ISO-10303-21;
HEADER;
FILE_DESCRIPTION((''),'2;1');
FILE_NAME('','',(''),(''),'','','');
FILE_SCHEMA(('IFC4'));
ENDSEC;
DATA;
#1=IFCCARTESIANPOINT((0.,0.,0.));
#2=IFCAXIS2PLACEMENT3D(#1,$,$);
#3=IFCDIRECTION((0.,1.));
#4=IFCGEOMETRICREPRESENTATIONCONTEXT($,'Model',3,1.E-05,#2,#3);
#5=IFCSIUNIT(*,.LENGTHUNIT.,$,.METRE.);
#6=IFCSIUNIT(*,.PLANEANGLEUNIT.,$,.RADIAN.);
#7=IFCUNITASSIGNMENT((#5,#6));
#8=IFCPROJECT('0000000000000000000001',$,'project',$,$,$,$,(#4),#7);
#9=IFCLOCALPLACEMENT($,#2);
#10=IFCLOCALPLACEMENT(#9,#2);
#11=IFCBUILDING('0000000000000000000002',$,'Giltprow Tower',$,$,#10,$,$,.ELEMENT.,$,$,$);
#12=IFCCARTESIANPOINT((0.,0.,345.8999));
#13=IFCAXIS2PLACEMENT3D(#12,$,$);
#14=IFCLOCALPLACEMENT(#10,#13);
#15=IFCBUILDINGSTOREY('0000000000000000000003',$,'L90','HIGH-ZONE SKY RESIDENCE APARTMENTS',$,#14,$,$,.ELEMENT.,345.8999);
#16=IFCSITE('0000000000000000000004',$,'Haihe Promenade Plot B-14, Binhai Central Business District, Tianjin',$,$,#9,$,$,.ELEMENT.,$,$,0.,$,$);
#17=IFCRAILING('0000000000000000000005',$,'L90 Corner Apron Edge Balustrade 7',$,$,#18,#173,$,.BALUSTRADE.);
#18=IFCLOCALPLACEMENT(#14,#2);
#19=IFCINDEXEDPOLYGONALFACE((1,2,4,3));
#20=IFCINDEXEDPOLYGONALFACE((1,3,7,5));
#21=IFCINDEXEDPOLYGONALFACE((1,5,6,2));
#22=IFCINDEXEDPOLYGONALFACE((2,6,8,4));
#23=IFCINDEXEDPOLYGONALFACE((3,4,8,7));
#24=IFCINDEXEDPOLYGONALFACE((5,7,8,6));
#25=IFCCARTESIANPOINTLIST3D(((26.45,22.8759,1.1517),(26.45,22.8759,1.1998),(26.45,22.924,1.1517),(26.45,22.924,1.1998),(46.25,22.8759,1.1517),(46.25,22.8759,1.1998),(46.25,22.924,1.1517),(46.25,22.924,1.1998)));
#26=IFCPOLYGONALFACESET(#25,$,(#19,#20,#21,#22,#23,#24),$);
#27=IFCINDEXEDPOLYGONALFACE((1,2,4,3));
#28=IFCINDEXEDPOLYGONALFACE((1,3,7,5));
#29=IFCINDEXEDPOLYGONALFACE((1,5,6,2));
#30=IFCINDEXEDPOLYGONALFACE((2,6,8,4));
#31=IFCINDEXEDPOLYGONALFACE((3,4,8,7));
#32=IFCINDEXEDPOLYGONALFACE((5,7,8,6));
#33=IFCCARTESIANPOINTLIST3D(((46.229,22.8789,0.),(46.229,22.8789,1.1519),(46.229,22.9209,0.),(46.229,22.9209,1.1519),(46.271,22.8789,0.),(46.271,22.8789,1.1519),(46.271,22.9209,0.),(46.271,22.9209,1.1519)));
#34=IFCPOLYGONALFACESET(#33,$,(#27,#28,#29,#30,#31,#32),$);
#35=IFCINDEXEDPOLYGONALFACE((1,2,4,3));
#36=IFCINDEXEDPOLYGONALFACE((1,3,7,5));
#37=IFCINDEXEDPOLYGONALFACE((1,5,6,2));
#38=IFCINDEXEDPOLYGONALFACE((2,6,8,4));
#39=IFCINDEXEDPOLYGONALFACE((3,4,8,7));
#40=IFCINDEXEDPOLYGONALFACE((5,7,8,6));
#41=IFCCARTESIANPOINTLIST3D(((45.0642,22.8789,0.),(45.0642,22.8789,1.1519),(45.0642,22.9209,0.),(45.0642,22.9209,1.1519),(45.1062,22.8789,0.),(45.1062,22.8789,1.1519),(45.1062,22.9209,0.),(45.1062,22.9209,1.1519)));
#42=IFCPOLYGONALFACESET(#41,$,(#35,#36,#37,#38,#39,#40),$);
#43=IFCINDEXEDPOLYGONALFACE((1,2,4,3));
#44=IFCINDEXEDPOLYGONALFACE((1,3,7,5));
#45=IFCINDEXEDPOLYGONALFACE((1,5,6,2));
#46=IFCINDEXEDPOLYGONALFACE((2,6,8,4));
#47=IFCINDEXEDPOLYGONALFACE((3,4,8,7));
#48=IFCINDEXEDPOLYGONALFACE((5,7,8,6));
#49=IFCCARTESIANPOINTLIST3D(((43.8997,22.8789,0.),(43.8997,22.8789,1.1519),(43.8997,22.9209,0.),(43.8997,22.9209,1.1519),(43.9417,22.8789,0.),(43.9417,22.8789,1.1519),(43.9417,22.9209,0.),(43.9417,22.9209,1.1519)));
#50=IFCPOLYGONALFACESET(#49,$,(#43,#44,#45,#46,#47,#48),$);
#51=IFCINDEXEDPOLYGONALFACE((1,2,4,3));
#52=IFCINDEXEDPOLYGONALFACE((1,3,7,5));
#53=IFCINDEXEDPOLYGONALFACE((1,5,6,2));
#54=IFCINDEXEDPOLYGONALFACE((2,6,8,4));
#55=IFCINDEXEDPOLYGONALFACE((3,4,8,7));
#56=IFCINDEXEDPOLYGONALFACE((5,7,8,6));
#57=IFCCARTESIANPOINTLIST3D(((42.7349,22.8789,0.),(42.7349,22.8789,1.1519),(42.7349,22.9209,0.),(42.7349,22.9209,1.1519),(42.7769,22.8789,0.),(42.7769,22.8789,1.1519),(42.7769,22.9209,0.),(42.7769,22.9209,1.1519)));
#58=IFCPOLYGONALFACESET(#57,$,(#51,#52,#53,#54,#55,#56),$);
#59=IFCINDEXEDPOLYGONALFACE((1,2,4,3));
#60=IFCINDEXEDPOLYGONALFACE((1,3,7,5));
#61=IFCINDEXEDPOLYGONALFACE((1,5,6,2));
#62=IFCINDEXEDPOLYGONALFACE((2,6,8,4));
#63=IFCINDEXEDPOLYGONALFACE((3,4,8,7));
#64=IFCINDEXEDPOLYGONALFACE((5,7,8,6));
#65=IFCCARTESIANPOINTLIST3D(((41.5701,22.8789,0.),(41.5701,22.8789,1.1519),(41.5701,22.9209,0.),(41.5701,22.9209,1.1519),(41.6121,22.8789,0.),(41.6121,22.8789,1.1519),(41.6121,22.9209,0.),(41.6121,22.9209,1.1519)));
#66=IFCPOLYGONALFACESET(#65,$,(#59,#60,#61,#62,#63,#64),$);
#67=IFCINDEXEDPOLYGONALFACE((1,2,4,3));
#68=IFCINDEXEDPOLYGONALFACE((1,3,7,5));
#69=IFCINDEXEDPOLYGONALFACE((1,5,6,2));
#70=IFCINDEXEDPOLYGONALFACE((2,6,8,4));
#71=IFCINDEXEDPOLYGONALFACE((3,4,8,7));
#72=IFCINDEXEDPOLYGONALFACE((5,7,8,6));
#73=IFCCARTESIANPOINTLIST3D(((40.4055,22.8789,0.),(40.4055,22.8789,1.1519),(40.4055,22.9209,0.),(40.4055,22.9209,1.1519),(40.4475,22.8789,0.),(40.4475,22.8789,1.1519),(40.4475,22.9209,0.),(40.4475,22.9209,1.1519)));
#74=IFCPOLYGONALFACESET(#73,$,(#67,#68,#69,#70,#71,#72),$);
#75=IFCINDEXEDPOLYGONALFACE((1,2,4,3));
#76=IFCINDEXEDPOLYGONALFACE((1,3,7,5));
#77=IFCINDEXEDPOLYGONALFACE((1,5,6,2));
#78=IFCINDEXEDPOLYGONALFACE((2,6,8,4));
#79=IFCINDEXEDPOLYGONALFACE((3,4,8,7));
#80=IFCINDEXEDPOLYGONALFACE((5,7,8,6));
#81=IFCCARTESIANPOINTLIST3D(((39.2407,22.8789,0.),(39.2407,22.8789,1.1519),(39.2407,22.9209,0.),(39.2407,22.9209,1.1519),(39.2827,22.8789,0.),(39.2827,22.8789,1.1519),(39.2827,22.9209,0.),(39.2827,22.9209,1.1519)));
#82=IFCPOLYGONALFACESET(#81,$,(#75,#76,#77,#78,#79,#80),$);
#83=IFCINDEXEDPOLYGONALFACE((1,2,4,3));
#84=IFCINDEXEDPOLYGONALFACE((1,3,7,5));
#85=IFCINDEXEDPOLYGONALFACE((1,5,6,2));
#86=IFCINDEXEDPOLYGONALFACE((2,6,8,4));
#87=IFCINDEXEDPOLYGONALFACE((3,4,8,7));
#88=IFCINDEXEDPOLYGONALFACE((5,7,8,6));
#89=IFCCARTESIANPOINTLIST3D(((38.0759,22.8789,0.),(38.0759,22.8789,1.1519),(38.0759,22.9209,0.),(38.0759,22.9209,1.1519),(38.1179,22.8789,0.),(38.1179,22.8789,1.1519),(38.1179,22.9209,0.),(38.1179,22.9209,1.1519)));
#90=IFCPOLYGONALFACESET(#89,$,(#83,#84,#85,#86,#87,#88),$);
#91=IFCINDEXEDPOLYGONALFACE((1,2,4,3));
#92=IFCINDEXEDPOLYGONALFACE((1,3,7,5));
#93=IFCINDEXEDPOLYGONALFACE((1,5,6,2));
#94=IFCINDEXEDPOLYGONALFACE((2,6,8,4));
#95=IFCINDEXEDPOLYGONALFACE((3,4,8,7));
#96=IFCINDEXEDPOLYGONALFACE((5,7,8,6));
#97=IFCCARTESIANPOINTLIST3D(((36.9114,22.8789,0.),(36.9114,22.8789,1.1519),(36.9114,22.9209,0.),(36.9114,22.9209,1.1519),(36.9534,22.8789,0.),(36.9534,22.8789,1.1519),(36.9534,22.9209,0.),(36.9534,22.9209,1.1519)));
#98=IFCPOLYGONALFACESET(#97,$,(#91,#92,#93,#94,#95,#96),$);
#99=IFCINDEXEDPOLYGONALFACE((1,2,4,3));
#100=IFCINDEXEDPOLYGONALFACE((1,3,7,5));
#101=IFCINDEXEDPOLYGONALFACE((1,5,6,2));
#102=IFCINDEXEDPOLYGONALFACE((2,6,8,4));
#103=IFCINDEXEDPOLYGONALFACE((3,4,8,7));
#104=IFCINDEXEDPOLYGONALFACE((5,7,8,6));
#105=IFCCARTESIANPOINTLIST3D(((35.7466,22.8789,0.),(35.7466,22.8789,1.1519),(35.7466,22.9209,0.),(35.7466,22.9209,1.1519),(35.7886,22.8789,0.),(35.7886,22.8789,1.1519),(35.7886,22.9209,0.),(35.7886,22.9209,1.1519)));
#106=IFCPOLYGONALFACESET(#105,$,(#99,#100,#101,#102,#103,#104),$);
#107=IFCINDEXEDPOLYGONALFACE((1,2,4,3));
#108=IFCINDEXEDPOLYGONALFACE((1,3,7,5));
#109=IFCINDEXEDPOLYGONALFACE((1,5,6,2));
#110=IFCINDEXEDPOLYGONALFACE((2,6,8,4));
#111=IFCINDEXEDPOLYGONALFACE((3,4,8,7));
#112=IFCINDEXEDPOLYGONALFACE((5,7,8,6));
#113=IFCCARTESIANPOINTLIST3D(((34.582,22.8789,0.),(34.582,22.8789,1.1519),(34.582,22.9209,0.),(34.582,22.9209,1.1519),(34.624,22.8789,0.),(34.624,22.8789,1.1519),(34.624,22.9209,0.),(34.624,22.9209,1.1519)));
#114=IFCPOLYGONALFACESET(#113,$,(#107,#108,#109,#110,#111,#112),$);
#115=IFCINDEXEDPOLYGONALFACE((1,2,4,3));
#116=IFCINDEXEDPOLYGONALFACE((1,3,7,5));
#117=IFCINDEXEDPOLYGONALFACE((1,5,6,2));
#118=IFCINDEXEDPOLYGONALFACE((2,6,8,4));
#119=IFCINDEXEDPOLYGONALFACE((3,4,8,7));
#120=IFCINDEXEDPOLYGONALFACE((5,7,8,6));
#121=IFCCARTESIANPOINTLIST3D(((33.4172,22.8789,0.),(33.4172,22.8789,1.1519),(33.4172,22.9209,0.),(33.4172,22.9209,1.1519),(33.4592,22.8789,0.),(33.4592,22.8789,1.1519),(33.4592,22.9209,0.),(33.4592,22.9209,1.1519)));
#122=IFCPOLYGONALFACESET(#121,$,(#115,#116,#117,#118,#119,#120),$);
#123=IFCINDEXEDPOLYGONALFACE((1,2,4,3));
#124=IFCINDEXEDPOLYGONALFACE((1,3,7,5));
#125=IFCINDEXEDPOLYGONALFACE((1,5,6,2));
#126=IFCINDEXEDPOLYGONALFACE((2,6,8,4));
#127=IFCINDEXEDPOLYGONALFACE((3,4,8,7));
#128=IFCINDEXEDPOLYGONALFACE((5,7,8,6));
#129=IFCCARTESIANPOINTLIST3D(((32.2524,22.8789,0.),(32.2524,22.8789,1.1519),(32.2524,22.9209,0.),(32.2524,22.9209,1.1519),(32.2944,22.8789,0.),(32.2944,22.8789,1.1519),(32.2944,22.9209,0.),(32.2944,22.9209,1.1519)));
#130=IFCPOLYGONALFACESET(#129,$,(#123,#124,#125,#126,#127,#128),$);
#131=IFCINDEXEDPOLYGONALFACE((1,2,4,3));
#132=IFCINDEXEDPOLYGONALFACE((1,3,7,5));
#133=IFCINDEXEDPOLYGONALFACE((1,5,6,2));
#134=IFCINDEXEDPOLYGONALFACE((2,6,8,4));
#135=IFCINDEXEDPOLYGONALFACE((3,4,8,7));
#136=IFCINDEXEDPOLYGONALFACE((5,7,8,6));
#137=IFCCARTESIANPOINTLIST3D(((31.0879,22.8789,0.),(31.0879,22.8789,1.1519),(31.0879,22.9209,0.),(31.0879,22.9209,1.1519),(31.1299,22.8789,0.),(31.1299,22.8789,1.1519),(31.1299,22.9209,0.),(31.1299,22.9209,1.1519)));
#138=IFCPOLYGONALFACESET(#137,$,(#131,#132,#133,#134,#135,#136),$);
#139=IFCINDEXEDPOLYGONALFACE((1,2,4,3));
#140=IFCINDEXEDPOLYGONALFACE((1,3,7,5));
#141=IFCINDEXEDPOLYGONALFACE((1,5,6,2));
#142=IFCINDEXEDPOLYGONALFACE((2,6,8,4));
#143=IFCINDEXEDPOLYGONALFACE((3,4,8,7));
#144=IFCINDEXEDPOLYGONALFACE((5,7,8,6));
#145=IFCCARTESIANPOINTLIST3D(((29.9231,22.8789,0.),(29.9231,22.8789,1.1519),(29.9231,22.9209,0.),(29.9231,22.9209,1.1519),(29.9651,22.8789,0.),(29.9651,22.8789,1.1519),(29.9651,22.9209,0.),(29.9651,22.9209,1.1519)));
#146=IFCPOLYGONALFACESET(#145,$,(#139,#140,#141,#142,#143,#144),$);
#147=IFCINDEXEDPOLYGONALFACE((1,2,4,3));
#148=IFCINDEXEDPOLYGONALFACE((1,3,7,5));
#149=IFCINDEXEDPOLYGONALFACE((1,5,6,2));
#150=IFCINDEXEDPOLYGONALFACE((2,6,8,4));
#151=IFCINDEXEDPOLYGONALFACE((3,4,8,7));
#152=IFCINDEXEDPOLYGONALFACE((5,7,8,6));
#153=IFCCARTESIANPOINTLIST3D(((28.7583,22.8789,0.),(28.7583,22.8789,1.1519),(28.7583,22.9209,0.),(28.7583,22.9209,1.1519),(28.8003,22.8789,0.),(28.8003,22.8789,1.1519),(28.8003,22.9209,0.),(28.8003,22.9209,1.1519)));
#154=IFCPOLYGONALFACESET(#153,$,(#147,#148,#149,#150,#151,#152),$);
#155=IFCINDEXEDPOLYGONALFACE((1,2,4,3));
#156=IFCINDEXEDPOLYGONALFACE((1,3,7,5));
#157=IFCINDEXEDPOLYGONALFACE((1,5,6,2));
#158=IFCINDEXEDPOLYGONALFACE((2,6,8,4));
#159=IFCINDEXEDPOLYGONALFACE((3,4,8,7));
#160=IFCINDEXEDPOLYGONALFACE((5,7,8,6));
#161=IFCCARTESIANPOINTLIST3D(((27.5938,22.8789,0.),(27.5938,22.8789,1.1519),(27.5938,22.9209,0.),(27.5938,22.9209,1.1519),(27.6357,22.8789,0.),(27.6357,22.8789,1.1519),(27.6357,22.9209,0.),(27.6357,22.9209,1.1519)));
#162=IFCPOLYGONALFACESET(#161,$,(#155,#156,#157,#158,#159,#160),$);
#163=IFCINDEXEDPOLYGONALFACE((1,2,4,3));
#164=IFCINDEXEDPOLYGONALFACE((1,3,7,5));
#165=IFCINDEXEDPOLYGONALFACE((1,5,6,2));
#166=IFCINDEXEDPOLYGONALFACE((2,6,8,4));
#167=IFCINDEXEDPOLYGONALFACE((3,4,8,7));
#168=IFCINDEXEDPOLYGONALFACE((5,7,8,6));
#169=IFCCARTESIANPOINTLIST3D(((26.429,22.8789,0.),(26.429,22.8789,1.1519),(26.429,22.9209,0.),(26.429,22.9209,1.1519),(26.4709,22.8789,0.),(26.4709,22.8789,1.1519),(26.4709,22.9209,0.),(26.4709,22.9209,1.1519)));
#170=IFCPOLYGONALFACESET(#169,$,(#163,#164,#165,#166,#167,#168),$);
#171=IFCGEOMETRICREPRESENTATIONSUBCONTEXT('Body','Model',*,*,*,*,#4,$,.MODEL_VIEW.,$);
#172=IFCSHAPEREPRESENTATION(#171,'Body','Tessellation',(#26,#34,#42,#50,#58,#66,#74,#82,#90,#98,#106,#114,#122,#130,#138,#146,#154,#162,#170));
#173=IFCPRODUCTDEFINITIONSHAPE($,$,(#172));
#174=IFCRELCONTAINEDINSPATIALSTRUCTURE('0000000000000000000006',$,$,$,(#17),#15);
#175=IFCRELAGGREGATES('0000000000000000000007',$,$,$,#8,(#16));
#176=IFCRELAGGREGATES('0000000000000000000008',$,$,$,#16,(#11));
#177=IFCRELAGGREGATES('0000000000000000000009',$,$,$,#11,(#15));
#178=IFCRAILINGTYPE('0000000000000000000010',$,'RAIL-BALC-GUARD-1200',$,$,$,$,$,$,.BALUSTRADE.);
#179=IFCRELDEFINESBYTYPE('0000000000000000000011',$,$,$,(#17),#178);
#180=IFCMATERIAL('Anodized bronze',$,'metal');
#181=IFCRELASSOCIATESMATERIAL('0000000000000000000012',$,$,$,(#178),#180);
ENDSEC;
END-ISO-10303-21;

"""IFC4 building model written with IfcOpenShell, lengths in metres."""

from ifc_helpers import new_model, si_unit, direction, frame, origin, origin_2d, place, context, subcontext, project, spatial, rectangle, extrude, material, type_object, element, save


model = new_model("IFC4")

# Units and contexts
model_context = context("Model", 3, precision=1e-05, world=origin(), true_north=direction((0.0, 1.0)))
body_context = subcontext(model_context, "Body", "Model", "MODEL_VIEW")
ifc_project = project(units=[si_unit("LENGTHUNIT", "METRE"), si_unit("PLANEANGLEUNIT", "RADIAN")], contexts=[model_context])

# Site, building, storey
site_placement = place(None, origin())
site = spatial("IfcSite", under=ifc_project, at=site_placement, Name="Haihe Promenade Plot B-14, Binhai Central Business District, Tianjin", CompositionType="ELEMENT", RefElevation=0.0)
building_placement = place(site_placement, origin())
building = spatial("IfcBuilding", under=site, at=building_placement, Name="Giltprow Tower", CompositionType="ELEMENT")
storey_placement = place(building_placement, frame((0.0, 0.0, 345.8999)))
storey = spatial("IfcBuildingStorey", under=building, at=storey_placement, Name="L90", Description="HIGH-ZONE SKY RESIDENCE APARTMENTS", CompositionType="ELEMENT", Elevation=345.8999)

# Railing
ifc_material_1 = material(Name="Anodized bronze", Category="metal")
railing_type = type_object("IfcRailingType", Name="RAIL-BALC-GUARD-1200", PredefinedType="BALUSTRADE", material=ifc_material_1)
railing_1_placement = place(storey_placement, frame((46.25, 22.8999, 0.0)))
element("IfcRailing", 1, at=railing_1_placement, inside=storey, type_object=railing_type, Name="L90 Corner Apron Edge Balustrade 7", PredefinedType="BALUSTRADE", context=body_context, shape_type="SweptSolid", body=[
    extrude(rectangle(XDim=0.0481, YDim=0.0481, at=origin_2d()), frame((0.0, 0.0, 1.1758), z_axis=(-1.0, 0.0, 0.0), x_axis=(0.0, -1.0, 0.0)), (0.0, 0.0, 1.0), 19.8),
    extrude(rectangle(XDim=0.042, YDim=0.042, at=origin_2d()), origin(), (0.0, 0.0, 1.0), 1.1519),
    extrude(rectangle(XDim=0.042, YDim=0.042, at=origin_2d()), frame((-1.1648, 0.0, 0.0)), (0.0, 0.0, 1.0), 1.1519),
    extrude(rectangle(XDim=0.042, YDim=0.042, at=origin_2d()), frame((-2.3293, 0.0, 0.0)), (0.0, 0.0, 1.0), 1.1519),
    extrude(rectangle(XDim=0.042, YDim=0.042, at=origin_2d()), frame((-3.4941, 0.0, 0.0)), (0.0, 0.0, 1.0), 1.1519),
    extrude(rectangle(XDim=0.042, YDim=0.042, at=origin_2d()), frame((-4.6589, 0.0, 0.0)), (0.0, 0.0, 1.0), 1.1519),
    extrude(rectangle(XDim=0.042, YDim=0.042, at=origin_2d()), frame((-5.8235, 0.0, 0.0)), (0.0, 0.0, 1.0), 1.1519),
    extrude(rectangle(XDim=0.042, YDim=0.042, at=origin_2d()), frame((-6.9883, 0.0, 0.0)), (0.0, 0.0, 1.0), 1.1519),
    extrude(rectangle(XDim=0.042, YDim=0.042, at=origin_2d()), frame((-8.1531, 0.0, 0.0)), (0.0, 0.0, 1.0), 1.1519),
    extrude(rectangle(XDim=0.042, YDim=0.042, at=origin_2d()), frame((-9.3176, 0.0, 0.0)), (0.0, 0.0, 1.0), 1.1519),
    extrude(rectangle(XDim=0.042, YDim=0.042, at=origin_2d()), frame((-10.4824, 0.0, 0.0)), (0.0, 0.0, 1.0), 1.1519),
    extrude(rectangle(XDim=0.042, YDim=0.042, at=origin_2d()), frame((-11.647, 0.0, 0.0)), (0.0, 0.0, 1.0), 1.1519),
    extrude(rectangle(XDim=0.042, YDim=0.042, at=origin_2d()), frame((-12.8118, 0.0, 0.0)), (0.0, 0.0, 1.0), 1.1519),
    extrude(rectangle(XDim=0.042, YDim=0.042, at=origin_2d()), frame((-13.9766, 0.0, 0.0)), (0.0, 0.0, 1.0), 1.1519),
    extrude(rectangle(XDim=0.042, YDim=0.042, at=origin_2d()), frame((-15.1411, 0.0, 0.0)), (0.0, 0.0, 1.0), 1.1519),
    extrude(rectangle(XDim=0.042, YDim=0.042, at=origin_2d()), frame((-16.3059, 0.0, 0.0)), (0.0, 0.0, 1.0), 1.1519),
    extrude(rectangle(XDim=0.042, YDim=0.042, at=origin_2d()), frame((-17.4707, 0.0, 0.0)), (0.0, 0.0, 1.0), 1.1519),
    extrude(rectangle(XDim=0.042, YDim=0.042, at=origin_2d()), frame((-18.6353, 0.0, 0.0)), (0.0, 0.0, 1.0), 1.1519),
    extrude(rectangle(XDim=0.042, YDim=0.042, at=origin_2d()), frame((-19.8, 0.0, 0.0)), (0.0, 0.0, 1.0), 1.1519),
])

save(model, "model.ifc")
